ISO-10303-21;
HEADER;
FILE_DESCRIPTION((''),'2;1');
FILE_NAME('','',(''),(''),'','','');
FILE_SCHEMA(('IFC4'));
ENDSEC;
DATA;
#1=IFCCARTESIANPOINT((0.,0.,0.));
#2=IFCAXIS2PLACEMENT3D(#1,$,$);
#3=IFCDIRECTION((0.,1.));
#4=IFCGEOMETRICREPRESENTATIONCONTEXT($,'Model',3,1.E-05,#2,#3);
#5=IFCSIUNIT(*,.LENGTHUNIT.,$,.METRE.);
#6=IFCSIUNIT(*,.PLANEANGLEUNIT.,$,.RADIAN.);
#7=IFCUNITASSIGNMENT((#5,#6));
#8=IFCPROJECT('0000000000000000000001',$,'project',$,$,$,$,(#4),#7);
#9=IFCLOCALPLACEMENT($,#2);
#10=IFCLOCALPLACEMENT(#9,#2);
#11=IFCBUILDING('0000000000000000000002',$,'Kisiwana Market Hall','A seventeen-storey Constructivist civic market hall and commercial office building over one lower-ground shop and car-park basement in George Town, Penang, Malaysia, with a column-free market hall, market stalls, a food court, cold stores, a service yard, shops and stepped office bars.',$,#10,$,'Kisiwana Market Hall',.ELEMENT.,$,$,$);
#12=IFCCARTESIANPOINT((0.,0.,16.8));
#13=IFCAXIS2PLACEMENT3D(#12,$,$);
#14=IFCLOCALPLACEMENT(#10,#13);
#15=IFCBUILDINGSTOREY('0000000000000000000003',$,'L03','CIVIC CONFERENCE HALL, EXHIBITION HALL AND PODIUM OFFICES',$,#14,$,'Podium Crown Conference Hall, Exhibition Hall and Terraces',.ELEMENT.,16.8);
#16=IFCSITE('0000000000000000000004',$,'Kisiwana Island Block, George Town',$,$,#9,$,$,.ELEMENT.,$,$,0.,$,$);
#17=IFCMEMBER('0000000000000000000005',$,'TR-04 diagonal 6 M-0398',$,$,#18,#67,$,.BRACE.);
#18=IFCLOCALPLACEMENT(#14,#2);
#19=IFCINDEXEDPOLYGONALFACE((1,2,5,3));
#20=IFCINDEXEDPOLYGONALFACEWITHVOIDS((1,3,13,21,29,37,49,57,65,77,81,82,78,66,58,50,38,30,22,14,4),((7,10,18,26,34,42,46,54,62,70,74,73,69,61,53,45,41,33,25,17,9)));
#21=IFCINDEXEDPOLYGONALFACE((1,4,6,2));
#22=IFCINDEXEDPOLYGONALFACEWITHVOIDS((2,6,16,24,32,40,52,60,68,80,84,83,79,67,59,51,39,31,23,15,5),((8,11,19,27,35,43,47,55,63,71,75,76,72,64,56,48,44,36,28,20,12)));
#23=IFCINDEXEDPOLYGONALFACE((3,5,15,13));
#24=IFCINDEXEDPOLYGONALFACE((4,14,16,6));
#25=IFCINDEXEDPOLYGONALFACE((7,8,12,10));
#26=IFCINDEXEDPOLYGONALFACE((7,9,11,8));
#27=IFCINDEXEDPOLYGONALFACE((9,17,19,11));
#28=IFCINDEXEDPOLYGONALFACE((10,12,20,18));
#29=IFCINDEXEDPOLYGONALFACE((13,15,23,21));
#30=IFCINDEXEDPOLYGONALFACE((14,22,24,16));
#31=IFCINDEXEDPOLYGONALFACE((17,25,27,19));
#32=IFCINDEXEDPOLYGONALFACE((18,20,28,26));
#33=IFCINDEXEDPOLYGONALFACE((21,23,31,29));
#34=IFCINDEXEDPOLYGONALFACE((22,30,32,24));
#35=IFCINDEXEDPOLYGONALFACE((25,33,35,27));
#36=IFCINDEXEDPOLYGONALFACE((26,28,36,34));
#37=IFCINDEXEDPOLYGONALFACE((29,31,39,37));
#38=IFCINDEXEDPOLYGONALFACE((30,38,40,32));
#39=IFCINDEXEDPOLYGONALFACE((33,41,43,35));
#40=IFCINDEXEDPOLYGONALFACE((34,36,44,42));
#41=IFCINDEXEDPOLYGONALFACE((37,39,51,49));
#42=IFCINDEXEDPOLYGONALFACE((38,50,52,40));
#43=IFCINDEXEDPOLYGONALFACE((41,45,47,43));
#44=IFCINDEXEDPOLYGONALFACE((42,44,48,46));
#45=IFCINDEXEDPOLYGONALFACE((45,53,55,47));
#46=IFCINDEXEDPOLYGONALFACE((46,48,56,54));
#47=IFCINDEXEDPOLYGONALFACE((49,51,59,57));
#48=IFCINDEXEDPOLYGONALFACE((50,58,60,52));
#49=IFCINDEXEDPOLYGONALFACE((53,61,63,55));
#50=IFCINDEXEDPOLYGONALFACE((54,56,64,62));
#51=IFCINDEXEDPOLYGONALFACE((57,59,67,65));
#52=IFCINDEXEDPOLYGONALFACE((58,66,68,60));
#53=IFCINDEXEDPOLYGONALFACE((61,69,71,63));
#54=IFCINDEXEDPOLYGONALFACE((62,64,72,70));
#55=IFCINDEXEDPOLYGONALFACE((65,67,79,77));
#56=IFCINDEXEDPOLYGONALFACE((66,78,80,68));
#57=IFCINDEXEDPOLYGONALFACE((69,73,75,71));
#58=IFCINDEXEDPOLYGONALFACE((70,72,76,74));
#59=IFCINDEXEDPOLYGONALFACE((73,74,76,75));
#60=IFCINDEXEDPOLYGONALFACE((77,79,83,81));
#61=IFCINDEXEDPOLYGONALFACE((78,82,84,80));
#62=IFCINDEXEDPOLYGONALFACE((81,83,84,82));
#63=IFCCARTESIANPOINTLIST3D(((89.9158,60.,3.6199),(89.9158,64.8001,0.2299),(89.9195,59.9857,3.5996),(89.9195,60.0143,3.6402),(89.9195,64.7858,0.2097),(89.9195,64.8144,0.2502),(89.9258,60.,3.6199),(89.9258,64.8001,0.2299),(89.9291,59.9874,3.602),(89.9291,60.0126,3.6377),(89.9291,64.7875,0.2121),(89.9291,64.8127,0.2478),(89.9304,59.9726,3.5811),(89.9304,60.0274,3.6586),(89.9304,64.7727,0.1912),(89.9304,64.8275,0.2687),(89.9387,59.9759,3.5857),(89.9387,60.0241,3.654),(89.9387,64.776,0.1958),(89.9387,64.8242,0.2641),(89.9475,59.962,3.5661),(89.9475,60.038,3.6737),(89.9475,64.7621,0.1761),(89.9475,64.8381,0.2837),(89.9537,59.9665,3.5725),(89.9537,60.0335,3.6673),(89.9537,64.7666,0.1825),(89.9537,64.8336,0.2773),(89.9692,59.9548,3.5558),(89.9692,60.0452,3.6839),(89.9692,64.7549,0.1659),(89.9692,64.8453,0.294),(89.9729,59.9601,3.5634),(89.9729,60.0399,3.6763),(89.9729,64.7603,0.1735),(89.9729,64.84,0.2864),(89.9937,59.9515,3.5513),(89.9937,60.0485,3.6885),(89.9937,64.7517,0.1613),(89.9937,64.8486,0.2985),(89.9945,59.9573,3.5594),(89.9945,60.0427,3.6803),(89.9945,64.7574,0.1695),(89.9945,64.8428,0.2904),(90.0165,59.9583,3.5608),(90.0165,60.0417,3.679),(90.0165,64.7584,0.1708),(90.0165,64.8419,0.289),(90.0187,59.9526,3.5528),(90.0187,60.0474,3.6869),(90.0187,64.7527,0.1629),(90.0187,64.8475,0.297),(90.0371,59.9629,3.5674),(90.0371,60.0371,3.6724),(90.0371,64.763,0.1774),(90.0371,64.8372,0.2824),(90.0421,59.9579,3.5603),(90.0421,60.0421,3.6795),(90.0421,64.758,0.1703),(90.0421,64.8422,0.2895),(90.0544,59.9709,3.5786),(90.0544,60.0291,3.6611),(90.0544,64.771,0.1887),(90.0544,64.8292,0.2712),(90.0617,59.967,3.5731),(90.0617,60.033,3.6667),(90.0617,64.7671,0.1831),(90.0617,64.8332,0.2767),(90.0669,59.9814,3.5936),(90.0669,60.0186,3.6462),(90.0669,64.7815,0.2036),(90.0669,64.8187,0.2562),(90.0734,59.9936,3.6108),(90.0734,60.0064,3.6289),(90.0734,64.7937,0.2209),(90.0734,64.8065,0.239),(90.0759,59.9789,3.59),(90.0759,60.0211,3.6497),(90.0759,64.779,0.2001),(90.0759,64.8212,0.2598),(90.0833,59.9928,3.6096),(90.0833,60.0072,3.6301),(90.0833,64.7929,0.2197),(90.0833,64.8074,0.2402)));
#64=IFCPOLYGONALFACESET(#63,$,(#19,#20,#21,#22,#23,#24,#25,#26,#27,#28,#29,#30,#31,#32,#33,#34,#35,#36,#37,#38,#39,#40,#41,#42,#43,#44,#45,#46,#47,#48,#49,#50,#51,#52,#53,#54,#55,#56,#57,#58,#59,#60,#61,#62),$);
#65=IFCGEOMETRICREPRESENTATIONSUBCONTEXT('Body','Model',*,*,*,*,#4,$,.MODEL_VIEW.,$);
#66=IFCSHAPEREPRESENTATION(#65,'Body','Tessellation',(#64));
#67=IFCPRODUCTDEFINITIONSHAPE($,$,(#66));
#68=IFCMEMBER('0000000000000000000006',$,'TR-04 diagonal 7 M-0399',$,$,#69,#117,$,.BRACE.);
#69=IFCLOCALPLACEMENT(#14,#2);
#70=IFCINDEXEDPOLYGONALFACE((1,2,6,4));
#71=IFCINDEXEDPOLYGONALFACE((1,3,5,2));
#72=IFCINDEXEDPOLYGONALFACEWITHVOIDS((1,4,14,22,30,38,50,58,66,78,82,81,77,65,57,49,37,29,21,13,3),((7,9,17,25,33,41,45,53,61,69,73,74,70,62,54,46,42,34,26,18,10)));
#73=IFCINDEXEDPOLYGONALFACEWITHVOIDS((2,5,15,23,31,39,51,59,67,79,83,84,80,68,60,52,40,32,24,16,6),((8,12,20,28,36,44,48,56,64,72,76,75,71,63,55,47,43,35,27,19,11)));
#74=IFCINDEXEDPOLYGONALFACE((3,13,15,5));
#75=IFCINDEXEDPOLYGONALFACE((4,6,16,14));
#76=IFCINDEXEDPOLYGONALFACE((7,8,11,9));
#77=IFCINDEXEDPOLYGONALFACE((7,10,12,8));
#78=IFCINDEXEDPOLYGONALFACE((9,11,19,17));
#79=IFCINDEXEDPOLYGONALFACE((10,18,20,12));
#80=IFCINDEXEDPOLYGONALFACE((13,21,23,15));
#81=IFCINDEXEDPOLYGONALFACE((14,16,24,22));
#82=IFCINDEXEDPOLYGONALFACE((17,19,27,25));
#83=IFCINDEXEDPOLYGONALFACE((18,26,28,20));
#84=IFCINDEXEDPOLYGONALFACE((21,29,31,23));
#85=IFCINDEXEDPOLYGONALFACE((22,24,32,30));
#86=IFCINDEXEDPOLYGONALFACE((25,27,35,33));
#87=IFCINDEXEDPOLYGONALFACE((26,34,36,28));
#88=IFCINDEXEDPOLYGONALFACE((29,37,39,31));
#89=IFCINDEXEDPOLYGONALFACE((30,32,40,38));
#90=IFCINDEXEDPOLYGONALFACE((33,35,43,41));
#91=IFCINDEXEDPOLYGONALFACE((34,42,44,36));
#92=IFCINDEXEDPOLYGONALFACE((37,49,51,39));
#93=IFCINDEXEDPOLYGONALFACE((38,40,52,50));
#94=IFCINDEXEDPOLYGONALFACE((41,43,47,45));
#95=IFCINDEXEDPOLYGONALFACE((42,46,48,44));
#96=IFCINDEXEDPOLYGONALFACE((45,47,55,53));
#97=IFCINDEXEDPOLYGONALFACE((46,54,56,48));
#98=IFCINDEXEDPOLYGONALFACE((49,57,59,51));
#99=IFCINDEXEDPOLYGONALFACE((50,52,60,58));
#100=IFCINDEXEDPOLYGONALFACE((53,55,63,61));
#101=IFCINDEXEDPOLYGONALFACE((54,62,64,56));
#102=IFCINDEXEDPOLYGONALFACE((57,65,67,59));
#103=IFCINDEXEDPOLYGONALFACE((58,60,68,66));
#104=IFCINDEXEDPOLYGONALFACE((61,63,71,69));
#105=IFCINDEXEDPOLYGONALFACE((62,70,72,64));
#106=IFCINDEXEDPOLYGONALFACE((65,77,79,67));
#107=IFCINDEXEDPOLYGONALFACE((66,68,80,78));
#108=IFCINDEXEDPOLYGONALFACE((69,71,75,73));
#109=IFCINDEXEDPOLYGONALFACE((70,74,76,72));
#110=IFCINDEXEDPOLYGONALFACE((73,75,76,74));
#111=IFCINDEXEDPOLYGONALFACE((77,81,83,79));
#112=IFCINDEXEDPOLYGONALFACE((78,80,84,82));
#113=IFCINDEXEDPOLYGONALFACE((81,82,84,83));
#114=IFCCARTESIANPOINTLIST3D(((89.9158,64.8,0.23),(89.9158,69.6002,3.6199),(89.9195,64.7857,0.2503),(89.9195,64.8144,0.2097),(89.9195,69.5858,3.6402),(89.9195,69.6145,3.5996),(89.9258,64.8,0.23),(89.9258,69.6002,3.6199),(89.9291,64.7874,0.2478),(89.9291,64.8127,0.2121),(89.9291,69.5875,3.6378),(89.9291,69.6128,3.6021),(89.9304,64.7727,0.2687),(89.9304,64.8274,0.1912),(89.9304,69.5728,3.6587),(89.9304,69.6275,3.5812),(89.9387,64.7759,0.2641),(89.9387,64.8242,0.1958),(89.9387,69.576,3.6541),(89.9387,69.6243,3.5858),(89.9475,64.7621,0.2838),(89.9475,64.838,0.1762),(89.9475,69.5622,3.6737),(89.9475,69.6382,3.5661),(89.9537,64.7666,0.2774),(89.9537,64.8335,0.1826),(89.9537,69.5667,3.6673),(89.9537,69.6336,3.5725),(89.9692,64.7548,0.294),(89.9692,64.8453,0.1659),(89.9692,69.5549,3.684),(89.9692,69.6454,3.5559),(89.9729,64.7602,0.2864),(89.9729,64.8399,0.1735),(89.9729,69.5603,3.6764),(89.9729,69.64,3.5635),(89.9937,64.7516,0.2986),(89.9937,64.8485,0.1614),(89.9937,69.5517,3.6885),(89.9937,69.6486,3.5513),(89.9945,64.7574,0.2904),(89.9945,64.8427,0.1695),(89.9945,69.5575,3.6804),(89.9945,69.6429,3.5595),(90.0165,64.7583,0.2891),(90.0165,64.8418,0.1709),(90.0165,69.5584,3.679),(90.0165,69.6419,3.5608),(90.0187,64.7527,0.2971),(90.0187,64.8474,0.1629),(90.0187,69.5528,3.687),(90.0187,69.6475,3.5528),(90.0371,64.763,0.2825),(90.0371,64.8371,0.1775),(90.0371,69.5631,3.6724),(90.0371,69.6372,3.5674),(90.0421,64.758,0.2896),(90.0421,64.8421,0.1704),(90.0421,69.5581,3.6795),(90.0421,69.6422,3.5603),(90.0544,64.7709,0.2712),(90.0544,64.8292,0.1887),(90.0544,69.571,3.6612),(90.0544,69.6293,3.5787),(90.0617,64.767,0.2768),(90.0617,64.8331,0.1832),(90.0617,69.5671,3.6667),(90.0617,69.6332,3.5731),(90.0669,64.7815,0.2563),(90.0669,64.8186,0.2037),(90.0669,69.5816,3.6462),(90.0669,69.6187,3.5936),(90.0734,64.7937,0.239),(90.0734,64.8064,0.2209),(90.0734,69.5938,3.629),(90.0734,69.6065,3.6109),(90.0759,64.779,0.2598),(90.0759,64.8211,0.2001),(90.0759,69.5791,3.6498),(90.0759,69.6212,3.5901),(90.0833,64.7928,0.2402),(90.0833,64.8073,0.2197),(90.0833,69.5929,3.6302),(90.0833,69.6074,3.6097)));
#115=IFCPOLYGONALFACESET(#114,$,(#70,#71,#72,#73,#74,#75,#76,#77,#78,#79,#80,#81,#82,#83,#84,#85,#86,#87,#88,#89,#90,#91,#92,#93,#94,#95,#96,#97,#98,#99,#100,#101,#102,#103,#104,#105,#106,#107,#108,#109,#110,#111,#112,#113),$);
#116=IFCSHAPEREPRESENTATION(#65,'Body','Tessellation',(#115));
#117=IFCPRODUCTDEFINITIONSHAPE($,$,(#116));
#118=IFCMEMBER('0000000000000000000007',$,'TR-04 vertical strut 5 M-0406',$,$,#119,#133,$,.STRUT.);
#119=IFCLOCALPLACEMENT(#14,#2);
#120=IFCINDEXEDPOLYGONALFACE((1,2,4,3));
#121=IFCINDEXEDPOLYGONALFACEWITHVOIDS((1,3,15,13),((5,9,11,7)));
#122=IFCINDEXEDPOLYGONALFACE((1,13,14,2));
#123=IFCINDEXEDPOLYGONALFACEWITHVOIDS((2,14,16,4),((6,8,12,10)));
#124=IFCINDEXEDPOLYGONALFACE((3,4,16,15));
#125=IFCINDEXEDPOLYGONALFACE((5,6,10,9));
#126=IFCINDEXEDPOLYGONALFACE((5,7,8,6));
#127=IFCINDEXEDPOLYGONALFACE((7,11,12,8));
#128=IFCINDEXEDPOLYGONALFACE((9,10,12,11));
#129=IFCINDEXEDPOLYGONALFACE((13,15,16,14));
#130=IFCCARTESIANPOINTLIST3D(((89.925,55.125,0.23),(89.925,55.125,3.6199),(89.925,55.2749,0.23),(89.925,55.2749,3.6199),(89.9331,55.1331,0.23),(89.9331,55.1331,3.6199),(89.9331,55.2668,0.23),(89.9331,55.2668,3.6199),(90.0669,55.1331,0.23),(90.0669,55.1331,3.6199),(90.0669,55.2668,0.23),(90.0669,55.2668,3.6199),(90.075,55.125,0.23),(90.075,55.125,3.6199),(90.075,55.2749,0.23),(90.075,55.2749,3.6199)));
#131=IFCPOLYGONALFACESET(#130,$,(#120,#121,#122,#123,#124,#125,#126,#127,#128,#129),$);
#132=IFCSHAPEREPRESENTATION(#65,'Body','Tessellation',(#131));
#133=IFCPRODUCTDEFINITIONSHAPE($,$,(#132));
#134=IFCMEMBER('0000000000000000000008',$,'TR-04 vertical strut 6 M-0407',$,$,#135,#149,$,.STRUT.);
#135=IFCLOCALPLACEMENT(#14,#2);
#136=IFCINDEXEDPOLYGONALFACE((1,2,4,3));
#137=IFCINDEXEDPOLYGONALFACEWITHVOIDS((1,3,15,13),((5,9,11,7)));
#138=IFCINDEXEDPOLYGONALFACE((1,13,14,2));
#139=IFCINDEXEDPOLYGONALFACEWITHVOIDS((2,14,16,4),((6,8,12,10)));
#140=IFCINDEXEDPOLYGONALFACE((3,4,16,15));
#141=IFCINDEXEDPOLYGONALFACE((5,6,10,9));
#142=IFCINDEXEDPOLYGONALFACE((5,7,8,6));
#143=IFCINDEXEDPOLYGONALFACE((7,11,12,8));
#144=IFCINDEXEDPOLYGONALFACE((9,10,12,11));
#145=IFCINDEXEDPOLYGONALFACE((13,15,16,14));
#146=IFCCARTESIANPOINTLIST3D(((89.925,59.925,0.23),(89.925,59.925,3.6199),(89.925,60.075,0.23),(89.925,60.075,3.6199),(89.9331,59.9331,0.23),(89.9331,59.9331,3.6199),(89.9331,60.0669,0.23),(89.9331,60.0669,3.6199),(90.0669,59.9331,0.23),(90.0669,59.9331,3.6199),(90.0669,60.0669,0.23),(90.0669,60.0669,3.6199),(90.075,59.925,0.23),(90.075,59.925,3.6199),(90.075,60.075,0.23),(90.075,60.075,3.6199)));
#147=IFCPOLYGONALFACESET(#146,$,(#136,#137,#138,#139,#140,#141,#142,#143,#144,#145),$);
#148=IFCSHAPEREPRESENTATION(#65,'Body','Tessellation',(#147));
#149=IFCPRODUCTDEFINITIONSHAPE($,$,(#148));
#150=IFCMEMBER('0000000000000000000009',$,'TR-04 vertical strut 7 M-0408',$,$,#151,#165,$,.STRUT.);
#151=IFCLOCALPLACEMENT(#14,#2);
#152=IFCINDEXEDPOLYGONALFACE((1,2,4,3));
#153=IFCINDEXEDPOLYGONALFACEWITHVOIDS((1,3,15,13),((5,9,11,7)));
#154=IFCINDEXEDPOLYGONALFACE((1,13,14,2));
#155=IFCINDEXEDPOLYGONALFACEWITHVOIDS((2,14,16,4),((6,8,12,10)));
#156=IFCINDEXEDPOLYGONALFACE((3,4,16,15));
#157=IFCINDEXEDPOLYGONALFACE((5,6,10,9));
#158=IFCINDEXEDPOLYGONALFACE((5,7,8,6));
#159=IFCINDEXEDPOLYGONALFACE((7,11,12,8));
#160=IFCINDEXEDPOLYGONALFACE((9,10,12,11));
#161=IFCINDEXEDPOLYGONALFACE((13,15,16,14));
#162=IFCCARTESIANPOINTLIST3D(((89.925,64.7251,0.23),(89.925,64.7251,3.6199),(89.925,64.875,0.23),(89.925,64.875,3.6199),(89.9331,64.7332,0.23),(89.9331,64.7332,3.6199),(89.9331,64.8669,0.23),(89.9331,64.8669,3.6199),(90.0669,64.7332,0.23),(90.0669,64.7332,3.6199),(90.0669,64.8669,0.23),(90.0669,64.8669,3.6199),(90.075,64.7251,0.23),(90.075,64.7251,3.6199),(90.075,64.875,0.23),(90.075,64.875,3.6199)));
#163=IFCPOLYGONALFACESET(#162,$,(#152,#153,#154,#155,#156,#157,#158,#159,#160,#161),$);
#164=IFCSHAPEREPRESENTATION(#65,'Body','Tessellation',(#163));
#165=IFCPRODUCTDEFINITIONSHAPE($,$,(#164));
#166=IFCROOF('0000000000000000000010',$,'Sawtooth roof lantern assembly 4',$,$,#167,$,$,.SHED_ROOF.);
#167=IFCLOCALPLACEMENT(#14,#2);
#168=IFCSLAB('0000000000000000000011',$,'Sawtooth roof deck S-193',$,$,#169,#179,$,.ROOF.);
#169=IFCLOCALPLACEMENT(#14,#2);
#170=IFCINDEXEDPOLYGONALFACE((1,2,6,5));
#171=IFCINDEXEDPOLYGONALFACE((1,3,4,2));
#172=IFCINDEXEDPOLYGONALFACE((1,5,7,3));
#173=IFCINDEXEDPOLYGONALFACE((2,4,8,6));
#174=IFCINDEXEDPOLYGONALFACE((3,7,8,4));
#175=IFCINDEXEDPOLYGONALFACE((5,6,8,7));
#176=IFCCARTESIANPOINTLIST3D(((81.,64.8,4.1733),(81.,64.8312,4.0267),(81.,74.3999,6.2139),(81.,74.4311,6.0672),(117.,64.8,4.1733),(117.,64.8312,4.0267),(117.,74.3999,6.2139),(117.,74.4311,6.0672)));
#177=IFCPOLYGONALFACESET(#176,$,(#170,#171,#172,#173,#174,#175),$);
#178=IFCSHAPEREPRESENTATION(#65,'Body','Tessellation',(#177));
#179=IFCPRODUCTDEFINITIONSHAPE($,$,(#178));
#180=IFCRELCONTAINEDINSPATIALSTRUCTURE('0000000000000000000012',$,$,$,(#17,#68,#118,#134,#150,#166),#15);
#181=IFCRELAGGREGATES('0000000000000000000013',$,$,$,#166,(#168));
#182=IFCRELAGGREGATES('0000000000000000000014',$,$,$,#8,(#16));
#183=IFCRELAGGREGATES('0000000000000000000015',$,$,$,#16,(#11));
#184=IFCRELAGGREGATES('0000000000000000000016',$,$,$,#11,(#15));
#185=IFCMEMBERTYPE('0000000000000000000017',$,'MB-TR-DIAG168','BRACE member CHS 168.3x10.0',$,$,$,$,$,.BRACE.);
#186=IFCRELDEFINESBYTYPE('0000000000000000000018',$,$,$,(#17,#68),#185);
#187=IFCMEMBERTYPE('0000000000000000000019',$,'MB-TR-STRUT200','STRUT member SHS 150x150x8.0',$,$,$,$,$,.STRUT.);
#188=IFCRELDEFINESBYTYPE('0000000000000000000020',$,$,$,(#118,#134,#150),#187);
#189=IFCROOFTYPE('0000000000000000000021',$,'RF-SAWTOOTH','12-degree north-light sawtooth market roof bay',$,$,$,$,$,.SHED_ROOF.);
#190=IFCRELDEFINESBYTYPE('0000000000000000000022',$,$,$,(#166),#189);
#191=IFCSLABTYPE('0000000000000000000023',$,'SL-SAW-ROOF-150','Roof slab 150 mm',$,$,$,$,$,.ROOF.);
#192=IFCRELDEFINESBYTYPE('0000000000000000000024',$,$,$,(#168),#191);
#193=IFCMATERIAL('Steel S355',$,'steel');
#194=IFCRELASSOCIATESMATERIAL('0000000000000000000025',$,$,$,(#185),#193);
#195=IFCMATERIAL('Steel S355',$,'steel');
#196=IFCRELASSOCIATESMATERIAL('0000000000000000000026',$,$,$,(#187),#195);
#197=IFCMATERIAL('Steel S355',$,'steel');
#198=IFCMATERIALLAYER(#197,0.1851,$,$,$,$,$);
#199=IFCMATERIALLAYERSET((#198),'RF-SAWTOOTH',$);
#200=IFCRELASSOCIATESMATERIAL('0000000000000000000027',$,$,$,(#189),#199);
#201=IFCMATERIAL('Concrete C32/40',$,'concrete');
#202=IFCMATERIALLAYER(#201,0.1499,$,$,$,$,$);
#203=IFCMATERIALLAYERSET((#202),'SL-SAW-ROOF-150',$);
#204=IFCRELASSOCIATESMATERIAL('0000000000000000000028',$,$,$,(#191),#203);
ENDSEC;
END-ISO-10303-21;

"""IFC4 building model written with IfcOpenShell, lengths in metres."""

from ifc_helpers import new_model, si_unit, direction, frame, origin, origin_2d, place, context, subcontext, project, spatial, polyline, hollow_rectangle, hollow_circle, outline, extrude, material, layer, layer_set, material_profile, profile_set, type_object, element, aggregate, save


model = new_model("IFC4")

# Units and contexts
model_context = context("Model", 3, precision=1e-05, world=origin(), true_north=direction((0.0, 1.0)))
body_context = subcontext(model_context, "Body", "Model", "MODEL_VIEW")
ifc_project = project(units=[si_unit("LENGTHUNIT", "METRE"), si_unit("PLANEANGLEUNIT", "RADIAN")], contexts=[model_context])

# Site, building, storey
site_placement = place(None, origin())
site = spatial("IfcSite", under=ifc_project, at=site_placement, Name="Kisiwana Island Block, George Town", CompositionType="ELEMENT", RefElevation=0.0)
building_placement = place(site_placement, origin())
building = spatial("IfcBuilding", under=site, at=building_placement, Name="Kisiwana Market Hall", Description="A seventeen-storey Constructivist civic market hall and commercial office building over one lower-ground shop and car-park basement in George Town, Penang, Malaysia, with a column-free market hall, market stalls, a food court, cold stores, a service yard, shops and stepped office bars.", LongName="Kisiwana Market Hall", CompositionType="ELEMENT")
storey_placement = place(building_placement, frame((0.0, 0.0, 16.8)))
storey = spatial("IfcBuildingStorey", under=building, at=storey_placement, Name="L03", Description="CIVIC CONFERENCE HALL, EXHIBITION HALL AND PODIUM OFFICES", LongName="Podium Crown Conference Hall, Exhibition Hall and Terraces", CompositionType="ELEMENT", Elevation=16.8)

# Members
ifc_material_1 = material(Name="Steel S355", Category="steel")
ifc_material_profile_1 = material_profile(ifc_material_1, hollow_circle(Radius=0.0842, WallThickness=0.01, at=origin_2d()), Name="CHS 168.3x10.0")
ifc_profile_set_1 = profile_set([ifc_material_profile_1], Name="Steel S355")
member_type_1 = type_object("IfcMemberType", Name="MB-TR-DIAG168", Description="BRACE member CHS 168.3x10.0", PredefinedType="BRACE", material=ifc_profile_set_1)
for number, where, z_axis, x_axis, name in (
    (1, (90.0, 60.0, 3.6199), (0.0, 0.816838, -0.576868), (-1.0, 0.0, 0.0), "TR-04 diagonal 6 M-0398"),
    (2, (90.0, 64.8, 0.23), (0.0, 0.816838, 0.576868), (-1.0, 0.0, 0.0), "TR-04 diagonal 7 M-0399"),
):
    element("IfcMember", number, at=place(storey_placement, frame(where, z_axis=z_axis, x_axis=x_axis)), inside=storey, type_object=member_type_1, Name=name, PredefinedType="BRACE", context=body_context, shape_type="SweptSolid", body=[
        extrude(hollow_circle(Radius=0.0842, WallThickness=0.01, at=origin_2d()), origin(), (0.0, 0.0, 1.0), 5.8765),
    ])
ifc_material_2 = material(Name="Steel S355", Category="steel")
ifc_material_profile_2 = material_profile(ifc_material_2, hollow_rectangle(XDim=0.1499, YDim=0.1499, WallThickness=0.0081, at=origin_2d()), Name="SHS 150x150x8.0")
ifc_profile_set_2 = profile_set([ifc_material_profile_2], Name="Steel S355")
member_type_2 = type_object("IfcMemberType", Name="MB-TR-STRUT200", Description="STRUT member SHS 150x150x8.0", PredefinedType="STRUT", material=ifc_profile_set_2)
for number, where, z_axis, x_axis, name in (
    (3, (90.0, 55.2, 0.23), (0.0, 0.0, 1.0), (1.0, 0.0, 0.0), "TR-04 vertical strut 5 M-0406"),
    (4, (90.0, 60.0, 0.23), (0.0, 0.0, 1.0), (1.0, 0.0, 0.0), "TR-04 vertical strut 6 M-0407"),
    (5, (90.0, 64.8, 0.23), (0.0, 0.0, 1.0), (1.0, 0.0, 0.0), "TR-04 vertical strut 7 M-0408"),
):
    element("IfcMember", number, at=place(storey_placement, frame(where, z_axis=z_axis, x_axis=x_axis)), inside=storey, type_object=member_type_2, Name=name, PredefinedType="STRUT", context=body_context, shape_type="SweptSolid", body=[
        extrude(hollow_rectangle(XDim=0.1499, YDim=0.1499, WallThickness=0.0081, at=origin_2d()), origin(), (0.0, 0.0, 1.0), 3.3899),
    ])

# Roof, slab
ifc_material_3 = material(Name="Steel S355", Category="steel")
ifc_layer_1 = layer(ifc_material_3, 0.1851)
ifc_layer_set_1 = layer_set([ifc_layer_1], Name="RF-SAWTOOTH")
roof_type = type_object("IfcRoofType", Name="RF-SAWTOOTH", Description="12-degree north-light sawtooth market roof bay", PredefinedType="SHED_ROOF", material=ifc_layer_set_1)
roof_placement = place(storey_placement, origin())
roof = element("IfcRoof", 6, at=roof_placement, inside=storey, type_object=roof_type, Name="Sawtooth roof lantern assembly 4", PredefinedType="SHED_ROOF")
ifc_material_4 = material(Name="Concrete C32/40", Category="concrete")
ifc_layer_2 = layer(ifc_material_4, 0.1499)
ifc_layer_set_2 = layer_set([ifc_layer_2], Name="SL-SAW-ROOF-150")
slab_type = type_object("IfcSlabType", Name="SL-SAW-ROOF-150", Description="Roof slab 150 mm", PredefinedType="ROOF", material=ifc_layer_set_2)
slab_placement = place(storey_placement, frame((81.0, 64.8, 4.1733), z_axis=(0.0, -0.207913, 0.978147), x_axis=(1.0, 0.0, 0.0)))
slab = element("IfcSlab", 7, at=slab_placement, type_object=slab_type, Name="Sawtooth roof deck S-193", PredefinedType="ROOF", context=body_context, shape_type="SweptSolid", body=[
    extrude(outline(polyline([(0.0, 0.0), (36.0, 0.0), (36.0, 9.8143), (0.0, 9.8143), (0.0, 0.0)])), origin(), (0.0, 0.0, -1.0), 0.1499),
])
aggregate(roof, [slab])

save(model, "model.ifc")
